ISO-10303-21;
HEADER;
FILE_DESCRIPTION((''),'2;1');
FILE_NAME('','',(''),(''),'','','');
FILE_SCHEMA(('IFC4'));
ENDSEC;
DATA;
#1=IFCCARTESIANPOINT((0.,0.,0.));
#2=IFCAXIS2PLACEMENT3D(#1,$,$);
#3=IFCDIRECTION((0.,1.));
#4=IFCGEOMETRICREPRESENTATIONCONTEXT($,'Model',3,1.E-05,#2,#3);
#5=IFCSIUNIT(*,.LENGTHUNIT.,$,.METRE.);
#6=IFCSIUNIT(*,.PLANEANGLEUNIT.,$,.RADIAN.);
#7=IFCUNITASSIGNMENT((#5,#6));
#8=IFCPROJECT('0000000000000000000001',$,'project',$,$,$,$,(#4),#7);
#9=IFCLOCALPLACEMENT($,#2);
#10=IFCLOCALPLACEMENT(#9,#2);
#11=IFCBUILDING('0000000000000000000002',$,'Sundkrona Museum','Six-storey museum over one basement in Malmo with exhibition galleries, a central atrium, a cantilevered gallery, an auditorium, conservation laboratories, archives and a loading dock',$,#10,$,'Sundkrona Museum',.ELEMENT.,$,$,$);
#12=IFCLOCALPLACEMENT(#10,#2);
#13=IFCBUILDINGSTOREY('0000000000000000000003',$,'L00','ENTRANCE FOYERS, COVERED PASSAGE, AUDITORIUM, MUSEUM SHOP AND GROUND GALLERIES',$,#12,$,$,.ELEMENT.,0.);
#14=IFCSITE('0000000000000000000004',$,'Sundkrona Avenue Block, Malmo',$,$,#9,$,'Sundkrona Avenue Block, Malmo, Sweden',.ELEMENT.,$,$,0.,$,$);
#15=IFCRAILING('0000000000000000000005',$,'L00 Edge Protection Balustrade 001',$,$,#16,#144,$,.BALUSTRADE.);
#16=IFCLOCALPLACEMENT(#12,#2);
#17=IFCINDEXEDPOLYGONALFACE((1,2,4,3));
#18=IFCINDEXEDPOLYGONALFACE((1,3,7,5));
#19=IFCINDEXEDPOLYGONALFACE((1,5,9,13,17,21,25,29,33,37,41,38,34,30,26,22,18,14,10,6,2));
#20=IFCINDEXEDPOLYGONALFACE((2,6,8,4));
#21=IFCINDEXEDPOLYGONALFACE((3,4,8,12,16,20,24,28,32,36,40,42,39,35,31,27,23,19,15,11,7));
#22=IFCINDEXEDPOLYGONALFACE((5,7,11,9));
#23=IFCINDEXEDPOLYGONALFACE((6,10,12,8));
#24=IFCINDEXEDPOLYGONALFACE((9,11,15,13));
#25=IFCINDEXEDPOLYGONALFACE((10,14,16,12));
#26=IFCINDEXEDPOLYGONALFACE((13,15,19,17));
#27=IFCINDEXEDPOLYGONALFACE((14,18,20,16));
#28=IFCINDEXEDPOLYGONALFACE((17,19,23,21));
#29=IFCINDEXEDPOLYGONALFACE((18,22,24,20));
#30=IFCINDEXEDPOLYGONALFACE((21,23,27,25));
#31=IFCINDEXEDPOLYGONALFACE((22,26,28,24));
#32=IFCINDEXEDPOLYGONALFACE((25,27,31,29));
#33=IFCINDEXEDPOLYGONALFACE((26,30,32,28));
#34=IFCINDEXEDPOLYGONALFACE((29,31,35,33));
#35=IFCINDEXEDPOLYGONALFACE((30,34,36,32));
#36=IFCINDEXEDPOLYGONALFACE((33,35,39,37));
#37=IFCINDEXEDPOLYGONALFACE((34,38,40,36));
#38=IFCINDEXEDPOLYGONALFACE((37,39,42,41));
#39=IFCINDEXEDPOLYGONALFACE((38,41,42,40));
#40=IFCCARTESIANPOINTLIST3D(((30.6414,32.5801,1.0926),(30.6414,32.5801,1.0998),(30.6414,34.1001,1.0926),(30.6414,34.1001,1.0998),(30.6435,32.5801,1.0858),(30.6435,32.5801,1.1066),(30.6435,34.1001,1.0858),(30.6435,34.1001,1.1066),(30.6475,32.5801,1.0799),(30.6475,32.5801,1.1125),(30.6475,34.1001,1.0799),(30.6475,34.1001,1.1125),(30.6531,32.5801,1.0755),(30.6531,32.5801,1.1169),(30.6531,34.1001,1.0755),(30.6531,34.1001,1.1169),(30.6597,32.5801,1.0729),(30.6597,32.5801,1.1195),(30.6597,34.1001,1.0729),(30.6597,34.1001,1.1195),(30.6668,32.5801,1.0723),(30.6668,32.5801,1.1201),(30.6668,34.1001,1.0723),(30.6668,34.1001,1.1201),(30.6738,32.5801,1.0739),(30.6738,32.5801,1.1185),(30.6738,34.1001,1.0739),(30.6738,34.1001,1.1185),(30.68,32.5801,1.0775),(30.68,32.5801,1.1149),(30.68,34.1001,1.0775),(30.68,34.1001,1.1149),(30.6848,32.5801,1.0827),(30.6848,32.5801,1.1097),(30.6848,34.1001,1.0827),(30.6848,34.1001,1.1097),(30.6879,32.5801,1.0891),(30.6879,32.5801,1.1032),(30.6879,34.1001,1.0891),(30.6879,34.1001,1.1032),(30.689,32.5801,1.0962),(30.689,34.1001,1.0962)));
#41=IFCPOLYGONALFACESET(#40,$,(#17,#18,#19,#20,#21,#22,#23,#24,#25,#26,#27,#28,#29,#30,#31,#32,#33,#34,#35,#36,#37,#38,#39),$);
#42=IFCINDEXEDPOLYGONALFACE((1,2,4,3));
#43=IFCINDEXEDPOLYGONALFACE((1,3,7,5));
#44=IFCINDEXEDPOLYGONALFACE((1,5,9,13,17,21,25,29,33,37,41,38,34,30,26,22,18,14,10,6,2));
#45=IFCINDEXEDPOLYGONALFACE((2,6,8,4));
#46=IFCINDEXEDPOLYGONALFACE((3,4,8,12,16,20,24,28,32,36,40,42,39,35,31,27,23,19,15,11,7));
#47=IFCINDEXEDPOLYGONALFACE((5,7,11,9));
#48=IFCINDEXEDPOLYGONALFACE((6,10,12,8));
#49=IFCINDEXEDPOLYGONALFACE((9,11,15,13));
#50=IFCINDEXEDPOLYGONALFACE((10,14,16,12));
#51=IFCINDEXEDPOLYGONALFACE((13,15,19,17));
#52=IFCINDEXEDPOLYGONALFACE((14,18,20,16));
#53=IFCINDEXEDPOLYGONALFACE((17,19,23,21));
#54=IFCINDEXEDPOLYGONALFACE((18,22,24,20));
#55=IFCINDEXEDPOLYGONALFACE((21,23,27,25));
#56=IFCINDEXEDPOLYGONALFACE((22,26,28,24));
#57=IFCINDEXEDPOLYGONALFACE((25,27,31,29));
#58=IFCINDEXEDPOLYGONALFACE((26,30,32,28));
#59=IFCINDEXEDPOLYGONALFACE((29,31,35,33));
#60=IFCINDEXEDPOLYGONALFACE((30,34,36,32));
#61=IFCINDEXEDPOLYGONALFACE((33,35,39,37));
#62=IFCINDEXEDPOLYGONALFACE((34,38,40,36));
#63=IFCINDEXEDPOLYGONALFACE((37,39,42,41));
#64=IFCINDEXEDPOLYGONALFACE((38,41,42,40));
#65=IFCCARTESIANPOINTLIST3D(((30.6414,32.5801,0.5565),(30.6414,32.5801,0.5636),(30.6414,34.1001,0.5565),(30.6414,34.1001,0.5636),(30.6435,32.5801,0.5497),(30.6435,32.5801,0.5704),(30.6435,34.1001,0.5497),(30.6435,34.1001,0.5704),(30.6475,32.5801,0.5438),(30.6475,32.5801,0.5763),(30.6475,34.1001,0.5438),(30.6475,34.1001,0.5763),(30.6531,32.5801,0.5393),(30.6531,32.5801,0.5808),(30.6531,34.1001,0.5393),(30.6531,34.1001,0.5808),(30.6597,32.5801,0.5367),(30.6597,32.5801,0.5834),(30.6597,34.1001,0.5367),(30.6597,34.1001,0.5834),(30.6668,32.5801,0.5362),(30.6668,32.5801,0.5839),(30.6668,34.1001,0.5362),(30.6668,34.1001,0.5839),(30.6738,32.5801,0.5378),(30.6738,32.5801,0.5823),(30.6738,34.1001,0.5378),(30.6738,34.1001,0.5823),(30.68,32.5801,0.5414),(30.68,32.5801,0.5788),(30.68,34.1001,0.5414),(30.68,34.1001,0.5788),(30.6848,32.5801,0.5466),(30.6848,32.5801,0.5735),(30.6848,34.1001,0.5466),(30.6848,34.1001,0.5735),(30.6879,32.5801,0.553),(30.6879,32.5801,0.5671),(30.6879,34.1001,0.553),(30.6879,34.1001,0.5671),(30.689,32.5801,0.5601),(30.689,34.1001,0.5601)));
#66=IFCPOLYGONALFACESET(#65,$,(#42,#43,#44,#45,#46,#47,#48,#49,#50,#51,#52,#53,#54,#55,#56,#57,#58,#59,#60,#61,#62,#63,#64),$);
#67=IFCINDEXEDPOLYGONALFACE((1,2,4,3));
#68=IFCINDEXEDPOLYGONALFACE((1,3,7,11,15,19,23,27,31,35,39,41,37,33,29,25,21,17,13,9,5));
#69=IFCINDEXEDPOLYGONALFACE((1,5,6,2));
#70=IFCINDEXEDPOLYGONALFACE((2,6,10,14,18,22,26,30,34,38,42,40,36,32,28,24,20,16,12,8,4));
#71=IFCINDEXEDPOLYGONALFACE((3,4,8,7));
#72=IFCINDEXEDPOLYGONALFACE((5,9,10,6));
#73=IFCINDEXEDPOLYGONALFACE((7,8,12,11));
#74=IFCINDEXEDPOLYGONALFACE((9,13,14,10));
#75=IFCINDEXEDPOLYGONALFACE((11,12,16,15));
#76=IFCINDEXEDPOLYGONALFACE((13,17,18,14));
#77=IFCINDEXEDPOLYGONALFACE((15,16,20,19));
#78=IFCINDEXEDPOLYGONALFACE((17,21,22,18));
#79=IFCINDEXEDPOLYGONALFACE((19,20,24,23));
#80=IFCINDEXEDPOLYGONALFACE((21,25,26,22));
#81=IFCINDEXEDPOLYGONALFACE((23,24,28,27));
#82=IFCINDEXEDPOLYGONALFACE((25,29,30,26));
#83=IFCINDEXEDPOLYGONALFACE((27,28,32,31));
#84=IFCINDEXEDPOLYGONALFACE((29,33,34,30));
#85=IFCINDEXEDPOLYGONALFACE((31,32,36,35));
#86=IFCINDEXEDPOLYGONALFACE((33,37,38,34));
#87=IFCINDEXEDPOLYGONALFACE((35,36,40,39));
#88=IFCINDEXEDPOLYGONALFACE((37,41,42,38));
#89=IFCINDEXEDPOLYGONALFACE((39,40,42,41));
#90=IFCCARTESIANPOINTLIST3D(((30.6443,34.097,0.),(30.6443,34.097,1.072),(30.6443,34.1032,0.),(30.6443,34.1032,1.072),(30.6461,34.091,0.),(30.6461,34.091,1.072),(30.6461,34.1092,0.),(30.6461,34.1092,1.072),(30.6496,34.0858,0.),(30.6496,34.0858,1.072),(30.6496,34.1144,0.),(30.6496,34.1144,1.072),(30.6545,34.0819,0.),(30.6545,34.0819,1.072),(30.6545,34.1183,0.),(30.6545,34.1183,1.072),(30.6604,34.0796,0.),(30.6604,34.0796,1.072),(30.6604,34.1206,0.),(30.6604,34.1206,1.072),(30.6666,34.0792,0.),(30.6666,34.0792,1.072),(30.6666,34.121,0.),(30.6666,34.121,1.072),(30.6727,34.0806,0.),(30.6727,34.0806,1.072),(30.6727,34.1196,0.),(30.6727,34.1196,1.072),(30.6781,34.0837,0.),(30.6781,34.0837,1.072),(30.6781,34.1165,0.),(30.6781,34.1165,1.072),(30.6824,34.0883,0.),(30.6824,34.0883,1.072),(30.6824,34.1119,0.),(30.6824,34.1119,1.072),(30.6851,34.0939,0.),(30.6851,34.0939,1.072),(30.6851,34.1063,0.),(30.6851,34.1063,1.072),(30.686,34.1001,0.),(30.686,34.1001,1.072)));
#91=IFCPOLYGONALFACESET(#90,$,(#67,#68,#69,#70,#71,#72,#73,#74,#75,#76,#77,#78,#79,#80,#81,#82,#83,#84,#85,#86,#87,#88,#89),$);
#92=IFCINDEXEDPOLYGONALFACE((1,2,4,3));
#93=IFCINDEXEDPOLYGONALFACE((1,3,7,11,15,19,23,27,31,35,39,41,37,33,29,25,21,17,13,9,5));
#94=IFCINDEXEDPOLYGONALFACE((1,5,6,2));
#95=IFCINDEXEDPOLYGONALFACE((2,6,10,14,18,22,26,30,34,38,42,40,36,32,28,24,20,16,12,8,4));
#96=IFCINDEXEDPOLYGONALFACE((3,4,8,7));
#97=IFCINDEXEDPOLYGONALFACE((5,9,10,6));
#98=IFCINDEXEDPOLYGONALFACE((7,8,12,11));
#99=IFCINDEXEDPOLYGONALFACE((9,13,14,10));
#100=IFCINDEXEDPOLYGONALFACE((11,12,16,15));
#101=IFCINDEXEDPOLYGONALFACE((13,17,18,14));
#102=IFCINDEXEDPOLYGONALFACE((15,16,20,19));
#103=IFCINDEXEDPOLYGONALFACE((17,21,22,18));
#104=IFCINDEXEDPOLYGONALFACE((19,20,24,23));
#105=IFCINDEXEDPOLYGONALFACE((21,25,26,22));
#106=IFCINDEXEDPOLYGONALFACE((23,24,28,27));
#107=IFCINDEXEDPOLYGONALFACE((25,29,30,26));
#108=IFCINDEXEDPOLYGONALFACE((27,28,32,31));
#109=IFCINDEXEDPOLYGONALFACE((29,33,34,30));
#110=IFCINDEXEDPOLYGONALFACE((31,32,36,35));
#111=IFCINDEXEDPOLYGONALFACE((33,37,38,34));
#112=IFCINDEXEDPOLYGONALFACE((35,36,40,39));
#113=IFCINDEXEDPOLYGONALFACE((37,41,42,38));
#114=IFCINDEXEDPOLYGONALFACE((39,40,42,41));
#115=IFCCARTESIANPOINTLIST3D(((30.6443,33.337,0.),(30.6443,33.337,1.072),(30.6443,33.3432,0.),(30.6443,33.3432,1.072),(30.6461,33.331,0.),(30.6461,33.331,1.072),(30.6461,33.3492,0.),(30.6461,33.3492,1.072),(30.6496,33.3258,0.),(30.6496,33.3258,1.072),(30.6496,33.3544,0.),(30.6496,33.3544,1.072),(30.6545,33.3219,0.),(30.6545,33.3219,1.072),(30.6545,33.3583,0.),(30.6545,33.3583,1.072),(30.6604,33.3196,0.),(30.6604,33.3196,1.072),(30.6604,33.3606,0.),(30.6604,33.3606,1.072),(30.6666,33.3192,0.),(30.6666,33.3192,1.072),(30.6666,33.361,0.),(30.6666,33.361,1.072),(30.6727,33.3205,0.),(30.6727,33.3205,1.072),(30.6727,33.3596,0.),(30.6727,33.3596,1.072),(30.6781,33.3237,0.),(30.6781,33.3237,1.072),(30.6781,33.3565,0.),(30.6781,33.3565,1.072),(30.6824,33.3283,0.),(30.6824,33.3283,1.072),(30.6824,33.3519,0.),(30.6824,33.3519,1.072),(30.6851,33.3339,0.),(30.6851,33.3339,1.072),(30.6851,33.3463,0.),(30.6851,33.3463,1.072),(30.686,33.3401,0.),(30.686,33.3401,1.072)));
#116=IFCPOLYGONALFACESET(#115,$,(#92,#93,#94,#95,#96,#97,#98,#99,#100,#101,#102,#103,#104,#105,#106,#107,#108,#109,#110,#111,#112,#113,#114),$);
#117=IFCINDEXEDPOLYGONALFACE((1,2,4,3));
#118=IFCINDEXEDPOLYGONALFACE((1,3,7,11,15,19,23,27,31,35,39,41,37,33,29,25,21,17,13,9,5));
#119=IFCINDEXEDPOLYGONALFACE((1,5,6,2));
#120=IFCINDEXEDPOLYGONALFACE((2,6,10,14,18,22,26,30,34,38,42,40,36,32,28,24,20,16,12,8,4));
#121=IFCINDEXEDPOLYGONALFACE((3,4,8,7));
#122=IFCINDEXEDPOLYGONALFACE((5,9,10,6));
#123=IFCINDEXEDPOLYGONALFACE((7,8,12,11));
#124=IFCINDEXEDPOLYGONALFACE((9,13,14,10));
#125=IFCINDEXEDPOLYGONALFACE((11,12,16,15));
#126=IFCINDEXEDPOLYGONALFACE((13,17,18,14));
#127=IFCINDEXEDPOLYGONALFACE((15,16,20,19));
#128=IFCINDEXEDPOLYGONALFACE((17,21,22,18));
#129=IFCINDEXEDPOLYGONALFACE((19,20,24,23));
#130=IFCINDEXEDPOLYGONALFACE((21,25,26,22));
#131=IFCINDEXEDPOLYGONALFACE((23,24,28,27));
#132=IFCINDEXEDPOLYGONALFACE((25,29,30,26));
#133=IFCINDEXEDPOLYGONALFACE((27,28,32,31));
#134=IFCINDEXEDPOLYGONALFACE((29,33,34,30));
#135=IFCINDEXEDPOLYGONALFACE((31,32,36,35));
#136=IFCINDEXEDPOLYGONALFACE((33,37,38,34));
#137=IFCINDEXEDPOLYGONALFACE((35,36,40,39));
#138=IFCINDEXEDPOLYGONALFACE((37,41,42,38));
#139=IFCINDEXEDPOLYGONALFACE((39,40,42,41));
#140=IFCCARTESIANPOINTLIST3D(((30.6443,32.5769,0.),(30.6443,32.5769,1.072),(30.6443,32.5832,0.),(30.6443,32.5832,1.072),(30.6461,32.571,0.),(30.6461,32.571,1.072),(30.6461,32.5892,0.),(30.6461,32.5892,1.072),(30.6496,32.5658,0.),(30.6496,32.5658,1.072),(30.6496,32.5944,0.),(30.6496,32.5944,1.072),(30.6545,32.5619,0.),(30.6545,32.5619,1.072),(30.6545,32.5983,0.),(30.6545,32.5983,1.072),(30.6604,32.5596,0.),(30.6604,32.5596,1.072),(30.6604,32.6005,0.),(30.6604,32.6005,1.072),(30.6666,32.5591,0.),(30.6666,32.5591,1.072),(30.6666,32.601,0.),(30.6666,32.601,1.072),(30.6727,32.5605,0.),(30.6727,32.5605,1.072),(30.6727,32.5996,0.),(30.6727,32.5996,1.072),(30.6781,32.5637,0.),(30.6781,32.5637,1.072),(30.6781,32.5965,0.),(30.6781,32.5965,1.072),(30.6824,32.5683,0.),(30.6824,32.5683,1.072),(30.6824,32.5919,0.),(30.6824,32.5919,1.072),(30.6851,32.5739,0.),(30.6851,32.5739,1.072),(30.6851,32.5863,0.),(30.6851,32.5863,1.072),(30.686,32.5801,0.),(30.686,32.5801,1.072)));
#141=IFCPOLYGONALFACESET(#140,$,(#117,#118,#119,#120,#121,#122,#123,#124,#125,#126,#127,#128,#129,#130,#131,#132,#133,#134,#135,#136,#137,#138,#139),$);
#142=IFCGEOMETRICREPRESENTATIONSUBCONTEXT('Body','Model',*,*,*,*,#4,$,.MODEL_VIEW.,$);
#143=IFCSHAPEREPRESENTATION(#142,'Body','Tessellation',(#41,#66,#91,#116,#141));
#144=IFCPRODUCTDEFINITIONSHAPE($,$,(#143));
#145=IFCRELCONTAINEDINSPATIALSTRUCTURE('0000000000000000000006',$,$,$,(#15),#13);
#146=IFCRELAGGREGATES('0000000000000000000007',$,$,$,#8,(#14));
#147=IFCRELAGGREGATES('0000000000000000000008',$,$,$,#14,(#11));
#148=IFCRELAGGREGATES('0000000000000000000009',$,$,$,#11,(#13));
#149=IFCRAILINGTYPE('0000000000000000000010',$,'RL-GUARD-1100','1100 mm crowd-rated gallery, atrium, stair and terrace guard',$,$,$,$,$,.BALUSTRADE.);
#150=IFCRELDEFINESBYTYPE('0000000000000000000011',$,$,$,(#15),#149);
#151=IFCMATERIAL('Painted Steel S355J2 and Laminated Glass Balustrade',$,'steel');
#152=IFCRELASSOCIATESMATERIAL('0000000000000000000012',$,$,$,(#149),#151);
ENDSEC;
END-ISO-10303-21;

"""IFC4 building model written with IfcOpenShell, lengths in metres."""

from ifc_helpers import new_model, si_unit, direction, frame, origin, origin_2d, place, context, subcontext, project, spatial, circle, extrude, material, type_object, element, save


model = new_model("IFC4")

# Units and contexts
model_context = context("Model", 3, precision=1e-05, world=origin(), true_north=direction((0.0, 1.0)))
body_context = subcontext(model_context, "Body", "Model", "MODEL_VIEW")
ifc_project = project(units=[si_unit("LENGTHUNIT", "METRE"), si_unit("PLANEANGLEUNIT", "RADIAN")], contexts=[model_context])

# Site, building, storey
site_placement = place(None, origin())
site = spatial("IfcSite", under=ifc_project, at=site_placement, Name="Sundkrona Avenue Block, Malmo", LongName="Sundkrona Avenue Block, Malmo, Sweden", CompositionType="ELEMENT", RefElevation=0.0)
building_placement = place(site_placement, origin())
building = spatial("IfcBuilding", under=site, at=building_placement, Name="Sundkrona Museum", Description="Six-storey museum over one basement in Malmo with exhibition galleries, a central atrium, a cantilevered gallery, an auditorium, conservation laboratories, archives and a loading dock", LongName="Sundkrona Museum", CompositionType="ELEMENT")
storey_placement = place(building_placement, origin())
storey = spatial("IfcBuildingStorey", under=building, at=storey_placement, Name="L00", Description="ENTRANCE FOYERS, COVERED PASSAGE, AUDITORIUM, MUSEUM SHOP AND GROUND GALLERIES", CompositionType="ELEMENT", Elevation=0.0)

# Railing
ifc_material_1 = material(Name="Painted Steel S355J2 and Laminated Glass Balustrade", Category="steel")
railing_type = type_object("IfcRailingType", Name="RL-GUARD-1100", Description="1100 mm crowd-rated gallery, atrium, stair and terrace guard", PredefinedType="BALUSTRADE", material=ifc_material_1)
railing_1_placement = place(storey_placement, frame((30.665, 34.1001, 0.0)))
element("IfcRailing", 1, at=railing_1_placement, inside=storey, type_object=railing_type, Name="L00 Edge Protection Balustrade 001", PredefinedType="BALUSTRADE", context=body_context, shape_type="SweptSolid", body=[
    extrude(circle(Radius=0.0239, at=origin_2d()), frame((0.0, 0.0, 1.0962), z_axis=(0.0, -1.0, 0.0), x_axis=(1.0, 0.0, 0.0)), (0.0, 0.0, 1.0), 1.52),
    extrude(circle(Radius=0.0239, at=origin_2d()), frame((0.0, 0.0, 0.5601), z_axis=(0.0, -1.0, 0.0), x_axis=(1.0, 0.0, 0.0)), (0.0, 0.0, 1.0), 1.52),
    extrude(circle(Radius=0.021, at=origin_2d()), origin(), (0.0, 0.0, 1.0), 1.072),
    extrude(circle(Radius=0.021, at=origin_2d()), frame((0.0, -0.76, 0.0)), (0.0, 0.0, 1.0), 1.072),
    extrude(circle(Radius=0.021, at=origin_2d()), frame((0.0, -1.52, 0.0)), (0.0, 0.0, 1.0), 1.072),
])

save(model, "model.ifc")
